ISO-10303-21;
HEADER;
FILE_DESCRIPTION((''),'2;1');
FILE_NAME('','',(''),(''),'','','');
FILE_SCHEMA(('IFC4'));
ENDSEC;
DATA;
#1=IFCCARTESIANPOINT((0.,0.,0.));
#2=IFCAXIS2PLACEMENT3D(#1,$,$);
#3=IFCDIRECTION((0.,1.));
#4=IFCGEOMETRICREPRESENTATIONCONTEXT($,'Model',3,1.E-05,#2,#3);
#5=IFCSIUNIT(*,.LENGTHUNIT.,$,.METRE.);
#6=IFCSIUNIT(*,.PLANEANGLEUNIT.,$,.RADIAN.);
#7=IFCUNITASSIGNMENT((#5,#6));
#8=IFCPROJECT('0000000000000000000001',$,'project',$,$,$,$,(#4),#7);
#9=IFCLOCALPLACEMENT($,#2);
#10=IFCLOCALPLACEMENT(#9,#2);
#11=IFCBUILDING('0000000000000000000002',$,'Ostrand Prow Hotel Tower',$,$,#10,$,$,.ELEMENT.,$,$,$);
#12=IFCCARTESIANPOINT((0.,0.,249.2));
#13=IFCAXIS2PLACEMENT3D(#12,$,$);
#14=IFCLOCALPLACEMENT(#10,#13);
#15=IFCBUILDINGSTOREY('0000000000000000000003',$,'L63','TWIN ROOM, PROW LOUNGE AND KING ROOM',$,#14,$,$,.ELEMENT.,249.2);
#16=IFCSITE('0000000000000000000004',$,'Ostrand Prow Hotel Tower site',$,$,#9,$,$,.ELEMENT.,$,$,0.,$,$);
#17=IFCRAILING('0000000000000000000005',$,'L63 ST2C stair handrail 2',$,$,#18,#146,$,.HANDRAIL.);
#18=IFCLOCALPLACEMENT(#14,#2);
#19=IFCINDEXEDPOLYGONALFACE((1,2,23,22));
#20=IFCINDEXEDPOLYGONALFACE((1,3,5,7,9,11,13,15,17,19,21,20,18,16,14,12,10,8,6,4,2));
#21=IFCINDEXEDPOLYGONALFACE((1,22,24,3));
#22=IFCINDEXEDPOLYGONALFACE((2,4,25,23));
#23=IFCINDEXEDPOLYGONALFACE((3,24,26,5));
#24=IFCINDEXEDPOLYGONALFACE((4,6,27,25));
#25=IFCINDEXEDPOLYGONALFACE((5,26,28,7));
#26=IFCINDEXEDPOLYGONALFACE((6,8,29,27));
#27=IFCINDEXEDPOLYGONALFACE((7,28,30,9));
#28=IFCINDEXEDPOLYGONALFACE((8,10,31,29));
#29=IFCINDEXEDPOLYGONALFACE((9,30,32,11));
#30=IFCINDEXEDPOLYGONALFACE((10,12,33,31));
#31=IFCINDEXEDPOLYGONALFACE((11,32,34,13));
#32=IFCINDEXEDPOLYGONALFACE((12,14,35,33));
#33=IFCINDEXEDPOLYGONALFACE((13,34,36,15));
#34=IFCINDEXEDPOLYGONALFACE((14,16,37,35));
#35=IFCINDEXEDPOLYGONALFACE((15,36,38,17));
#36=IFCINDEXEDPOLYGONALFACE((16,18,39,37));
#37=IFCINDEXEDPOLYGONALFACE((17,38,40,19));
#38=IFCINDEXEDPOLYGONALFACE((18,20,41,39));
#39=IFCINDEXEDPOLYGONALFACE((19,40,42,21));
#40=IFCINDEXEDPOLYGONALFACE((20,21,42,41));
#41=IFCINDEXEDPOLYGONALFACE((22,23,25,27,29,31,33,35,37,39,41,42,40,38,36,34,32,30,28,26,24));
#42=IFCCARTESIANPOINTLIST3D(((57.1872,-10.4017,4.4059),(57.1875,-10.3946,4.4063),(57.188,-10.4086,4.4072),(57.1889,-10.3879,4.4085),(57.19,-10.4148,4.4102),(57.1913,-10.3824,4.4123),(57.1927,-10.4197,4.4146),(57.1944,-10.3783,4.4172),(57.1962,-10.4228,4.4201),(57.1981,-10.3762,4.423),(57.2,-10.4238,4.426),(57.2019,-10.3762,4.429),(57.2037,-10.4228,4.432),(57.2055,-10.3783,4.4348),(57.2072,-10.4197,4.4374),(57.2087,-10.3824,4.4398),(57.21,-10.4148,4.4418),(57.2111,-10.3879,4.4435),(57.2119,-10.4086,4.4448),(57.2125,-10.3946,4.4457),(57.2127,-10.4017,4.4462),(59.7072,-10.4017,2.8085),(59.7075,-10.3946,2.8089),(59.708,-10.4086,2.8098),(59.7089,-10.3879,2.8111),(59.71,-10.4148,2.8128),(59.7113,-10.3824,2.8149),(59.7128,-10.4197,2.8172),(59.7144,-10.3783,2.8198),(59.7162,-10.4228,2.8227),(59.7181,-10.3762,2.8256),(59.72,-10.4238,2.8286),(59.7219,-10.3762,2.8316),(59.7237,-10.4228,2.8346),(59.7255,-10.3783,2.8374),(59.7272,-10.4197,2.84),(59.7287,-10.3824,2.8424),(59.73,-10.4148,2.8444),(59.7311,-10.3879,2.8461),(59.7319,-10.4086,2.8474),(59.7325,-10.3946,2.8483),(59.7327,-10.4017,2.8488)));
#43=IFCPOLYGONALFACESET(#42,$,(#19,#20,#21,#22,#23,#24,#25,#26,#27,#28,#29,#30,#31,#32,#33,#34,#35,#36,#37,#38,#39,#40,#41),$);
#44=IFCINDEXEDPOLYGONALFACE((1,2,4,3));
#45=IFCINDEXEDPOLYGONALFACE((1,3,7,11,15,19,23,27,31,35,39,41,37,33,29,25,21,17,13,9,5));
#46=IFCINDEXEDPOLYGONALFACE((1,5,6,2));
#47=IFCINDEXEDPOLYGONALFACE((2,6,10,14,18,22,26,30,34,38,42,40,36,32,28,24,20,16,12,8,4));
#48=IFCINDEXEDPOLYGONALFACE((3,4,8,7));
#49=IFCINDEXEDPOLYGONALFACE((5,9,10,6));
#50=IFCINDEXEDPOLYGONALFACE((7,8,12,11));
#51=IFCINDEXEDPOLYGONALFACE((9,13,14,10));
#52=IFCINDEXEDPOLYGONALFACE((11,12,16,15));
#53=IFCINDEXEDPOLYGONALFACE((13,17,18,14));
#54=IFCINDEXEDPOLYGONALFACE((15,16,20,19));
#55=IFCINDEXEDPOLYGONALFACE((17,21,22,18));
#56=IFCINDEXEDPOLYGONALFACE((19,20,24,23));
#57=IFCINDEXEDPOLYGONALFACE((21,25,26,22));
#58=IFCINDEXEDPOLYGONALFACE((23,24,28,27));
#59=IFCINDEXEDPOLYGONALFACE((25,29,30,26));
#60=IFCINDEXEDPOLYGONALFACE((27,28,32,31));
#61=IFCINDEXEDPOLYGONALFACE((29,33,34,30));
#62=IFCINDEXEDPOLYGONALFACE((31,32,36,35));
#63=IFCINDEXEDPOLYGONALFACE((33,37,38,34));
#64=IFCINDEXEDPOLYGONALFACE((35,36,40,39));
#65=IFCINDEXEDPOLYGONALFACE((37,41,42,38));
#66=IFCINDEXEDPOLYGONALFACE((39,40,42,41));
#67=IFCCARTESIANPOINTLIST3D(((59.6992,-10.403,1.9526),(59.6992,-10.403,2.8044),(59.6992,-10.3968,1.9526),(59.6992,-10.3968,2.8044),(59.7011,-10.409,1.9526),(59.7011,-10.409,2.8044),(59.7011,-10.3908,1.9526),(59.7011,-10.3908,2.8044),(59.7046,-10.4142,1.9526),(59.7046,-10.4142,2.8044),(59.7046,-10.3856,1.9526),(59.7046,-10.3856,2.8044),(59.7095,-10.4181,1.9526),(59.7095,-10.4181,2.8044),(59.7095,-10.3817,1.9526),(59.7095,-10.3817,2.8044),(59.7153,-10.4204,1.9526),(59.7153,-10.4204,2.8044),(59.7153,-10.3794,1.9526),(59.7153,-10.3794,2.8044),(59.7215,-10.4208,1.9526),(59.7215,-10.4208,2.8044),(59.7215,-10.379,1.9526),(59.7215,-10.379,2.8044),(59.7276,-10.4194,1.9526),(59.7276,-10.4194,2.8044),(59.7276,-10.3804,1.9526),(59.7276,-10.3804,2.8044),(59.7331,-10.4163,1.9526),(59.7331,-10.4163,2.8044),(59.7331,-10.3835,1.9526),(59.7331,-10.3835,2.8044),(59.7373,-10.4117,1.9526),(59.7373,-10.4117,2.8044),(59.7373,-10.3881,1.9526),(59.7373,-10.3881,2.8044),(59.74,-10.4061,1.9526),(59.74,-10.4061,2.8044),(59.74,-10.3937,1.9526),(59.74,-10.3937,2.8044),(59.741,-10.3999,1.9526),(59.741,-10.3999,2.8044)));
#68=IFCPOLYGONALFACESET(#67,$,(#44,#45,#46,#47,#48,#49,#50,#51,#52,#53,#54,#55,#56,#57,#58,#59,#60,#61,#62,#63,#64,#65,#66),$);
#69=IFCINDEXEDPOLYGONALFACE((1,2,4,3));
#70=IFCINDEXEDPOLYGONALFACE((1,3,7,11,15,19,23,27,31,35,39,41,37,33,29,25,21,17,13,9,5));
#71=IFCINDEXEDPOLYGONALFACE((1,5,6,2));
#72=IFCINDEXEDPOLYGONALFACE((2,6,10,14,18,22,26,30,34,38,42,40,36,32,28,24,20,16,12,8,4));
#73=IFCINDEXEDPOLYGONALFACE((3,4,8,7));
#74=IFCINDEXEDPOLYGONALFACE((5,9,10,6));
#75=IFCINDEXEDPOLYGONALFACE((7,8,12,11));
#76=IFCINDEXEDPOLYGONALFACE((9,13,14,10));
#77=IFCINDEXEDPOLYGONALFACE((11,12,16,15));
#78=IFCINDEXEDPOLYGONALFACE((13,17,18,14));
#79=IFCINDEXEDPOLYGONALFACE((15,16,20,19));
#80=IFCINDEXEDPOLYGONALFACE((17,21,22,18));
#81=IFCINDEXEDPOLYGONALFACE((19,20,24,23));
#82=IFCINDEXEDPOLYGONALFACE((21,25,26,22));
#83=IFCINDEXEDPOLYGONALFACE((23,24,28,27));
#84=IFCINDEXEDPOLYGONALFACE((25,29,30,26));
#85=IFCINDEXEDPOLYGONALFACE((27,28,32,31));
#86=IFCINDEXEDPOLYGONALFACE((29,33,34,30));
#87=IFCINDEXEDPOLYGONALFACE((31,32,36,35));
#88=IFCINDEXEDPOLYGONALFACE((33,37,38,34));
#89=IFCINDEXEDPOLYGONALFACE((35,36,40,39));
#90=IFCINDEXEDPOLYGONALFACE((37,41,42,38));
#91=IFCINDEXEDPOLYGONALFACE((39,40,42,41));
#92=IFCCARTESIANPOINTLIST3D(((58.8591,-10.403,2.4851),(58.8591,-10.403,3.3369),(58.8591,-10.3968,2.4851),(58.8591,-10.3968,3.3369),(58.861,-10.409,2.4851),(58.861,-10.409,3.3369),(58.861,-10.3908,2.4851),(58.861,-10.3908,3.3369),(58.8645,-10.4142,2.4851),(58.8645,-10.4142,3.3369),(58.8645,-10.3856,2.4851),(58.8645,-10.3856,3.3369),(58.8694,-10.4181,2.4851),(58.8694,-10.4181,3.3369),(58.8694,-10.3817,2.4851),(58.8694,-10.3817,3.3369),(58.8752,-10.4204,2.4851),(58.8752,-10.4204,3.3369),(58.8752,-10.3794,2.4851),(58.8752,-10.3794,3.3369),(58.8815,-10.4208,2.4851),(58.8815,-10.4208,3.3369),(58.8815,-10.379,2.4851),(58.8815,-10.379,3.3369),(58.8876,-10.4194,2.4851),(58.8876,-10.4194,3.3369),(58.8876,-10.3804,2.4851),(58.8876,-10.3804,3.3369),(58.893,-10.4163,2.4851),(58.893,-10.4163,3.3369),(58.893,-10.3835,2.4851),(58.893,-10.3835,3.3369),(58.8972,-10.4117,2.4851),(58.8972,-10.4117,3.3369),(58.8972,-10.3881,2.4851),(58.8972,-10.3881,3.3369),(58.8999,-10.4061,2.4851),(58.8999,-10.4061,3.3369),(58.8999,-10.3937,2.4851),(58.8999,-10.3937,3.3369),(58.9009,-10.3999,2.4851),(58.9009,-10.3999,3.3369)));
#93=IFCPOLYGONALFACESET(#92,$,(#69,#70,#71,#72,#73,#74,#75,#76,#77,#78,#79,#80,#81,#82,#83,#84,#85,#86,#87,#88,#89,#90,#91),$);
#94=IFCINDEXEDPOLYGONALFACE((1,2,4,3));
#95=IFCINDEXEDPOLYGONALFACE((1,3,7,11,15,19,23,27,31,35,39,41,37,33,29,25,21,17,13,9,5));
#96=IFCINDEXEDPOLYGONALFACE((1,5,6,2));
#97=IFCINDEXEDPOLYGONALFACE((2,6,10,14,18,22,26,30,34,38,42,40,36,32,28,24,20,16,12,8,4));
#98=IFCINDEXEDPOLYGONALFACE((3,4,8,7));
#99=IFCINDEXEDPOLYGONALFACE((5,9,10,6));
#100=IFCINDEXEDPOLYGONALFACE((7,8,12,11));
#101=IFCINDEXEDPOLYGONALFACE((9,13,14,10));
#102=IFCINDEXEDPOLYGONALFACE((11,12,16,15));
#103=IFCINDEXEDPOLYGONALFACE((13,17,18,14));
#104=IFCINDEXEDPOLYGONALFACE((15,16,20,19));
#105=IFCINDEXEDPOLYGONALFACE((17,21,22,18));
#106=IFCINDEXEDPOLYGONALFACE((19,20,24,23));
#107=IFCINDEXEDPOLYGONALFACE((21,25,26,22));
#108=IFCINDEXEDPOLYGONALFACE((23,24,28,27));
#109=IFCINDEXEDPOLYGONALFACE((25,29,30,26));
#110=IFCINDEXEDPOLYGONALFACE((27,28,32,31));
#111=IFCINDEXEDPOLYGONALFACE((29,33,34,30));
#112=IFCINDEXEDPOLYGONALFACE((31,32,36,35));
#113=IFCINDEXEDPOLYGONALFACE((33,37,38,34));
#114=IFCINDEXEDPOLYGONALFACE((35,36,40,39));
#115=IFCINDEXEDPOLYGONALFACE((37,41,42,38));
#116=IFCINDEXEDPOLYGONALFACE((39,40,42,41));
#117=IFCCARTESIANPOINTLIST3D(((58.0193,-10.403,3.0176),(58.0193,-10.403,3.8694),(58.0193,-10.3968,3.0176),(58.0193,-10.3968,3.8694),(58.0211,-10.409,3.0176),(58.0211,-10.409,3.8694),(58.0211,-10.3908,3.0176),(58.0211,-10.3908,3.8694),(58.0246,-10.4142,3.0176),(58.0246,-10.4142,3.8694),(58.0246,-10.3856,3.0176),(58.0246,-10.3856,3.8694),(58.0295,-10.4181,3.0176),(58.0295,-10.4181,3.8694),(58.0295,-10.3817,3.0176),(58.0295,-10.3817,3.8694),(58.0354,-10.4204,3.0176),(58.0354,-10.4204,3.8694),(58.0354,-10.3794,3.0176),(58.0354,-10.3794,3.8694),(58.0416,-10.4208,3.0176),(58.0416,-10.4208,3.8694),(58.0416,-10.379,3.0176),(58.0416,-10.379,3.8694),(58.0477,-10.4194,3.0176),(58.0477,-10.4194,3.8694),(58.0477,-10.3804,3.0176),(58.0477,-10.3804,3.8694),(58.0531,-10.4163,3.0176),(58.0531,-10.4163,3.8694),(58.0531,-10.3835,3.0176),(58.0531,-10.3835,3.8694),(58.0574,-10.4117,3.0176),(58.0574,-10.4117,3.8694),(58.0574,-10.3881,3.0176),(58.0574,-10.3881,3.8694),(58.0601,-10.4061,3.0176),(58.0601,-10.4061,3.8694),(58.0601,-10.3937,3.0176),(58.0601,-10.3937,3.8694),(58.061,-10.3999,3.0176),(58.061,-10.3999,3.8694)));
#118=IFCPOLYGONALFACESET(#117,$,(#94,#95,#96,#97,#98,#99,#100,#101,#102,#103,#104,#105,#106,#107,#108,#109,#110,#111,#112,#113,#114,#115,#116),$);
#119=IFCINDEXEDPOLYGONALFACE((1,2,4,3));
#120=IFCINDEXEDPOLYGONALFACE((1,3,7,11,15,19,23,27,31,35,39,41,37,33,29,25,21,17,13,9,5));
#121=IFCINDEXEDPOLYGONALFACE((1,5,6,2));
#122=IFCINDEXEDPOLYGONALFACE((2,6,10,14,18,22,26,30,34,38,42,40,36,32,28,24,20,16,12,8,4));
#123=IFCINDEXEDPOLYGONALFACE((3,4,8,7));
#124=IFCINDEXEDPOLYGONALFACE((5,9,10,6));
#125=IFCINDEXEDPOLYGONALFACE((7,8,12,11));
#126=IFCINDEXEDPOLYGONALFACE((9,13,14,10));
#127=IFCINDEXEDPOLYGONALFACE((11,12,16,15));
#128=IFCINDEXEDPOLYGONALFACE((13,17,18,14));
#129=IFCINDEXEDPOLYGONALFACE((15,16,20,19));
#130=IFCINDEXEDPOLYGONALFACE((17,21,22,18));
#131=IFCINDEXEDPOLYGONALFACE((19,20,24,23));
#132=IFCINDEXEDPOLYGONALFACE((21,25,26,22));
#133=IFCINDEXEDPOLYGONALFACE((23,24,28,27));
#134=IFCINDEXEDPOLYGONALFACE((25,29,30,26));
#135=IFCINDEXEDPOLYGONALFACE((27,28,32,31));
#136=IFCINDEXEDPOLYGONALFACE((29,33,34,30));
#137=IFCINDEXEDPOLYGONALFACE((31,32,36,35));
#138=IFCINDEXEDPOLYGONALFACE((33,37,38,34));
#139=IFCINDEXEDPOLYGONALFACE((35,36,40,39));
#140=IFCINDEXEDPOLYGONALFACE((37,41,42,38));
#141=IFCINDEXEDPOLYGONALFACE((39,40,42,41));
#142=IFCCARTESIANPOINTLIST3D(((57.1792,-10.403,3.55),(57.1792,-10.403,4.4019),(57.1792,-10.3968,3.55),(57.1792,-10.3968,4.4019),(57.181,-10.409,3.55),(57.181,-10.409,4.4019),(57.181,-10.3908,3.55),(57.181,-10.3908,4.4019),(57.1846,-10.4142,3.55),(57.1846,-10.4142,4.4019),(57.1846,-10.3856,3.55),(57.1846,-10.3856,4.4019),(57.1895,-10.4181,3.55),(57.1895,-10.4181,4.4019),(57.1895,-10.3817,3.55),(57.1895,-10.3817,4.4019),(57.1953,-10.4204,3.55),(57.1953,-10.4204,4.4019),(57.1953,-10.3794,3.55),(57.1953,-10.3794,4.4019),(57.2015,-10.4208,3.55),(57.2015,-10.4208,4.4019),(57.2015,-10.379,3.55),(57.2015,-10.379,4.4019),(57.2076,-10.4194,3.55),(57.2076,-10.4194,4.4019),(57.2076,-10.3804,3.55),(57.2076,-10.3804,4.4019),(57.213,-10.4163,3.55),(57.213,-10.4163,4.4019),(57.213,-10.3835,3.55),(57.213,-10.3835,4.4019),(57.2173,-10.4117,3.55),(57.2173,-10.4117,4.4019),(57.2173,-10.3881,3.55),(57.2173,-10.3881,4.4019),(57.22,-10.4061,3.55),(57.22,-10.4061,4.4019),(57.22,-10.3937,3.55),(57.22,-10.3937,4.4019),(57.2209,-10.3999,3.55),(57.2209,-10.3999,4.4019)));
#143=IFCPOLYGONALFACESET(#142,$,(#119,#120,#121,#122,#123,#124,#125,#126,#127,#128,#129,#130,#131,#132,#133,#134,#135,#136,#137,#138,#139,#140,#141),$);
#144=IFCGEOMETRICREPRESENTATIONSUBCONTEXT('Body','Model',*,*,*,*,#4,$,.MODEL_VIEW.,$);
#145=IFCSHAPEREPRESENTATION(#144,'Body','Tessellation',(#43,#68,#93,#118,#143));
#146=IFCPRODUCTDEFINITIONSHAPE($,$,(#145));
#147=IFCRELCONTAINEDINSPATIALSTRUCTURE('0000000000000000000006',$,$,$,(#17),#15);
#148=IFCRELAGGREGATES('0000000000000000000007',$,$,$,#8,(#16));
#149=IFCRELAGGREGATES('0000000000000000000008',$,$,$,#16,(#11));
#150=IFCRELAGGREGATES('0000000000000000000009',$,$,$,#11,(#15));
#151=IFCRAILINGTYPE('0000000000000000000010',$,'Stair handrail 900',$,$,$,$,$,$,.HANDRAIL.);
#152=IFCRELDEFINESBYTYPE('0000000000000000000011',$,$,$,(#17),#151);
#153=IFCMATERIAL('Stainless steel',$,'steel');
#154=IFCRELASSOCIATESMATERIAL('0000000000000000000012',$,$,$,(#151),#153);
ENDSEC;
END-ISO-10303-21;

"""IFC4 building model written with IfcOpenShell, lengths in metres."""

from ifc_helpers import new_model, si_unit, direction, frame, origin, origin_2d, place, context, subcontext, project, spatial, circle, extrude, material, type_object, element, save


model = new_model("IFC4")

# Units and contexts
model_context = context("Model", 3, precision=1e-05, world=origin(), true_north=direction((0.0, 1.0)))
body_context = subcontext(model_context, "Body", "Model", "MODEL_VIEW")
ifc_project = project(units=[si_unit("LENGTHUNIT", "METRE"), si_unit("PLANEANGLEUNIT", "RADIAN")], contexts=[model_context])

# Site, building, storey
site_placement = place(None, origin())
site = spatial("IfcSite", under=ifc_project, at=site_placement, Name="Ostrand Prow Hotel Tower site", CompositionType="ELEMENT", RefElevation=0.0)
building_placement = place(site_placement, origin())
building = spatial("IfcBuilding", under=site, at=building_placement, Name="Ostrand Prow Hotel Tower", CompositionType="ELEMENT")
storey_placement = place(building_placement, frame((0.0, 0.0, 249.2)))
storey = spatial("IfcBuildingStorey", under=building, at=storey_placement, Name="L63", Description="TWIN ROOM, PROW LOUNGE AND KING ROOM", CompositionType="ELEMENT", Elevation=249.2)

# Railing
ifc_material_1 = material(Name="Stainless steel", Category="steel")
railing_type_1 = type_object("IfcRailingType", Name="Stair handrail 900", PredefinedType="HANDRAIL", material=ifc_material_1)
railing_1_placement = place(storey_placement, frame((59.72, -10.3999, 1.9526)))
element("IfcRailing", 1, at=railing_1_placement, inside=storey, type_object=railing_type_1, Name="L63 ST2C stair handrail 2", PredefinedType="HANDRAIL", context=body_context, shape_type="SweptSolid", body=[
    extrude(circle(Radius=0.0239, at=origin_2d()), frame((0.0, 0.0, 0.876), z_axis=(-0.844607, 0.0, 0.535387), x_axis=(0.0, -1.0, 0.0)), (0.0, 0.0, 1.0), 2.9836),
    extrude(circle(Radius=0.021, at=origin_2d()), origin(), (0.0, 0.0, 1.0), 0.8518),
    extrude(circle(Radius=0.021, at=origin_2d()), frame((-0.8401, 0.0, 0.5325)), (0.0, 0.0, 1.0), 0.8518),
    extrude(circle(Radius=0.021, at=origin_2d()), frame((-1.6799, 0.0, 1.0649)), (0.0, 0.0, 1.0), 0.8518),
    extrude(circle(Radius=0.021, at=origin_2d()), frame((-2.52, 0.0, 1.5974)), (0.0, 0.0, 1.0), 0.8518),
])

save(model, "model.ifc")
